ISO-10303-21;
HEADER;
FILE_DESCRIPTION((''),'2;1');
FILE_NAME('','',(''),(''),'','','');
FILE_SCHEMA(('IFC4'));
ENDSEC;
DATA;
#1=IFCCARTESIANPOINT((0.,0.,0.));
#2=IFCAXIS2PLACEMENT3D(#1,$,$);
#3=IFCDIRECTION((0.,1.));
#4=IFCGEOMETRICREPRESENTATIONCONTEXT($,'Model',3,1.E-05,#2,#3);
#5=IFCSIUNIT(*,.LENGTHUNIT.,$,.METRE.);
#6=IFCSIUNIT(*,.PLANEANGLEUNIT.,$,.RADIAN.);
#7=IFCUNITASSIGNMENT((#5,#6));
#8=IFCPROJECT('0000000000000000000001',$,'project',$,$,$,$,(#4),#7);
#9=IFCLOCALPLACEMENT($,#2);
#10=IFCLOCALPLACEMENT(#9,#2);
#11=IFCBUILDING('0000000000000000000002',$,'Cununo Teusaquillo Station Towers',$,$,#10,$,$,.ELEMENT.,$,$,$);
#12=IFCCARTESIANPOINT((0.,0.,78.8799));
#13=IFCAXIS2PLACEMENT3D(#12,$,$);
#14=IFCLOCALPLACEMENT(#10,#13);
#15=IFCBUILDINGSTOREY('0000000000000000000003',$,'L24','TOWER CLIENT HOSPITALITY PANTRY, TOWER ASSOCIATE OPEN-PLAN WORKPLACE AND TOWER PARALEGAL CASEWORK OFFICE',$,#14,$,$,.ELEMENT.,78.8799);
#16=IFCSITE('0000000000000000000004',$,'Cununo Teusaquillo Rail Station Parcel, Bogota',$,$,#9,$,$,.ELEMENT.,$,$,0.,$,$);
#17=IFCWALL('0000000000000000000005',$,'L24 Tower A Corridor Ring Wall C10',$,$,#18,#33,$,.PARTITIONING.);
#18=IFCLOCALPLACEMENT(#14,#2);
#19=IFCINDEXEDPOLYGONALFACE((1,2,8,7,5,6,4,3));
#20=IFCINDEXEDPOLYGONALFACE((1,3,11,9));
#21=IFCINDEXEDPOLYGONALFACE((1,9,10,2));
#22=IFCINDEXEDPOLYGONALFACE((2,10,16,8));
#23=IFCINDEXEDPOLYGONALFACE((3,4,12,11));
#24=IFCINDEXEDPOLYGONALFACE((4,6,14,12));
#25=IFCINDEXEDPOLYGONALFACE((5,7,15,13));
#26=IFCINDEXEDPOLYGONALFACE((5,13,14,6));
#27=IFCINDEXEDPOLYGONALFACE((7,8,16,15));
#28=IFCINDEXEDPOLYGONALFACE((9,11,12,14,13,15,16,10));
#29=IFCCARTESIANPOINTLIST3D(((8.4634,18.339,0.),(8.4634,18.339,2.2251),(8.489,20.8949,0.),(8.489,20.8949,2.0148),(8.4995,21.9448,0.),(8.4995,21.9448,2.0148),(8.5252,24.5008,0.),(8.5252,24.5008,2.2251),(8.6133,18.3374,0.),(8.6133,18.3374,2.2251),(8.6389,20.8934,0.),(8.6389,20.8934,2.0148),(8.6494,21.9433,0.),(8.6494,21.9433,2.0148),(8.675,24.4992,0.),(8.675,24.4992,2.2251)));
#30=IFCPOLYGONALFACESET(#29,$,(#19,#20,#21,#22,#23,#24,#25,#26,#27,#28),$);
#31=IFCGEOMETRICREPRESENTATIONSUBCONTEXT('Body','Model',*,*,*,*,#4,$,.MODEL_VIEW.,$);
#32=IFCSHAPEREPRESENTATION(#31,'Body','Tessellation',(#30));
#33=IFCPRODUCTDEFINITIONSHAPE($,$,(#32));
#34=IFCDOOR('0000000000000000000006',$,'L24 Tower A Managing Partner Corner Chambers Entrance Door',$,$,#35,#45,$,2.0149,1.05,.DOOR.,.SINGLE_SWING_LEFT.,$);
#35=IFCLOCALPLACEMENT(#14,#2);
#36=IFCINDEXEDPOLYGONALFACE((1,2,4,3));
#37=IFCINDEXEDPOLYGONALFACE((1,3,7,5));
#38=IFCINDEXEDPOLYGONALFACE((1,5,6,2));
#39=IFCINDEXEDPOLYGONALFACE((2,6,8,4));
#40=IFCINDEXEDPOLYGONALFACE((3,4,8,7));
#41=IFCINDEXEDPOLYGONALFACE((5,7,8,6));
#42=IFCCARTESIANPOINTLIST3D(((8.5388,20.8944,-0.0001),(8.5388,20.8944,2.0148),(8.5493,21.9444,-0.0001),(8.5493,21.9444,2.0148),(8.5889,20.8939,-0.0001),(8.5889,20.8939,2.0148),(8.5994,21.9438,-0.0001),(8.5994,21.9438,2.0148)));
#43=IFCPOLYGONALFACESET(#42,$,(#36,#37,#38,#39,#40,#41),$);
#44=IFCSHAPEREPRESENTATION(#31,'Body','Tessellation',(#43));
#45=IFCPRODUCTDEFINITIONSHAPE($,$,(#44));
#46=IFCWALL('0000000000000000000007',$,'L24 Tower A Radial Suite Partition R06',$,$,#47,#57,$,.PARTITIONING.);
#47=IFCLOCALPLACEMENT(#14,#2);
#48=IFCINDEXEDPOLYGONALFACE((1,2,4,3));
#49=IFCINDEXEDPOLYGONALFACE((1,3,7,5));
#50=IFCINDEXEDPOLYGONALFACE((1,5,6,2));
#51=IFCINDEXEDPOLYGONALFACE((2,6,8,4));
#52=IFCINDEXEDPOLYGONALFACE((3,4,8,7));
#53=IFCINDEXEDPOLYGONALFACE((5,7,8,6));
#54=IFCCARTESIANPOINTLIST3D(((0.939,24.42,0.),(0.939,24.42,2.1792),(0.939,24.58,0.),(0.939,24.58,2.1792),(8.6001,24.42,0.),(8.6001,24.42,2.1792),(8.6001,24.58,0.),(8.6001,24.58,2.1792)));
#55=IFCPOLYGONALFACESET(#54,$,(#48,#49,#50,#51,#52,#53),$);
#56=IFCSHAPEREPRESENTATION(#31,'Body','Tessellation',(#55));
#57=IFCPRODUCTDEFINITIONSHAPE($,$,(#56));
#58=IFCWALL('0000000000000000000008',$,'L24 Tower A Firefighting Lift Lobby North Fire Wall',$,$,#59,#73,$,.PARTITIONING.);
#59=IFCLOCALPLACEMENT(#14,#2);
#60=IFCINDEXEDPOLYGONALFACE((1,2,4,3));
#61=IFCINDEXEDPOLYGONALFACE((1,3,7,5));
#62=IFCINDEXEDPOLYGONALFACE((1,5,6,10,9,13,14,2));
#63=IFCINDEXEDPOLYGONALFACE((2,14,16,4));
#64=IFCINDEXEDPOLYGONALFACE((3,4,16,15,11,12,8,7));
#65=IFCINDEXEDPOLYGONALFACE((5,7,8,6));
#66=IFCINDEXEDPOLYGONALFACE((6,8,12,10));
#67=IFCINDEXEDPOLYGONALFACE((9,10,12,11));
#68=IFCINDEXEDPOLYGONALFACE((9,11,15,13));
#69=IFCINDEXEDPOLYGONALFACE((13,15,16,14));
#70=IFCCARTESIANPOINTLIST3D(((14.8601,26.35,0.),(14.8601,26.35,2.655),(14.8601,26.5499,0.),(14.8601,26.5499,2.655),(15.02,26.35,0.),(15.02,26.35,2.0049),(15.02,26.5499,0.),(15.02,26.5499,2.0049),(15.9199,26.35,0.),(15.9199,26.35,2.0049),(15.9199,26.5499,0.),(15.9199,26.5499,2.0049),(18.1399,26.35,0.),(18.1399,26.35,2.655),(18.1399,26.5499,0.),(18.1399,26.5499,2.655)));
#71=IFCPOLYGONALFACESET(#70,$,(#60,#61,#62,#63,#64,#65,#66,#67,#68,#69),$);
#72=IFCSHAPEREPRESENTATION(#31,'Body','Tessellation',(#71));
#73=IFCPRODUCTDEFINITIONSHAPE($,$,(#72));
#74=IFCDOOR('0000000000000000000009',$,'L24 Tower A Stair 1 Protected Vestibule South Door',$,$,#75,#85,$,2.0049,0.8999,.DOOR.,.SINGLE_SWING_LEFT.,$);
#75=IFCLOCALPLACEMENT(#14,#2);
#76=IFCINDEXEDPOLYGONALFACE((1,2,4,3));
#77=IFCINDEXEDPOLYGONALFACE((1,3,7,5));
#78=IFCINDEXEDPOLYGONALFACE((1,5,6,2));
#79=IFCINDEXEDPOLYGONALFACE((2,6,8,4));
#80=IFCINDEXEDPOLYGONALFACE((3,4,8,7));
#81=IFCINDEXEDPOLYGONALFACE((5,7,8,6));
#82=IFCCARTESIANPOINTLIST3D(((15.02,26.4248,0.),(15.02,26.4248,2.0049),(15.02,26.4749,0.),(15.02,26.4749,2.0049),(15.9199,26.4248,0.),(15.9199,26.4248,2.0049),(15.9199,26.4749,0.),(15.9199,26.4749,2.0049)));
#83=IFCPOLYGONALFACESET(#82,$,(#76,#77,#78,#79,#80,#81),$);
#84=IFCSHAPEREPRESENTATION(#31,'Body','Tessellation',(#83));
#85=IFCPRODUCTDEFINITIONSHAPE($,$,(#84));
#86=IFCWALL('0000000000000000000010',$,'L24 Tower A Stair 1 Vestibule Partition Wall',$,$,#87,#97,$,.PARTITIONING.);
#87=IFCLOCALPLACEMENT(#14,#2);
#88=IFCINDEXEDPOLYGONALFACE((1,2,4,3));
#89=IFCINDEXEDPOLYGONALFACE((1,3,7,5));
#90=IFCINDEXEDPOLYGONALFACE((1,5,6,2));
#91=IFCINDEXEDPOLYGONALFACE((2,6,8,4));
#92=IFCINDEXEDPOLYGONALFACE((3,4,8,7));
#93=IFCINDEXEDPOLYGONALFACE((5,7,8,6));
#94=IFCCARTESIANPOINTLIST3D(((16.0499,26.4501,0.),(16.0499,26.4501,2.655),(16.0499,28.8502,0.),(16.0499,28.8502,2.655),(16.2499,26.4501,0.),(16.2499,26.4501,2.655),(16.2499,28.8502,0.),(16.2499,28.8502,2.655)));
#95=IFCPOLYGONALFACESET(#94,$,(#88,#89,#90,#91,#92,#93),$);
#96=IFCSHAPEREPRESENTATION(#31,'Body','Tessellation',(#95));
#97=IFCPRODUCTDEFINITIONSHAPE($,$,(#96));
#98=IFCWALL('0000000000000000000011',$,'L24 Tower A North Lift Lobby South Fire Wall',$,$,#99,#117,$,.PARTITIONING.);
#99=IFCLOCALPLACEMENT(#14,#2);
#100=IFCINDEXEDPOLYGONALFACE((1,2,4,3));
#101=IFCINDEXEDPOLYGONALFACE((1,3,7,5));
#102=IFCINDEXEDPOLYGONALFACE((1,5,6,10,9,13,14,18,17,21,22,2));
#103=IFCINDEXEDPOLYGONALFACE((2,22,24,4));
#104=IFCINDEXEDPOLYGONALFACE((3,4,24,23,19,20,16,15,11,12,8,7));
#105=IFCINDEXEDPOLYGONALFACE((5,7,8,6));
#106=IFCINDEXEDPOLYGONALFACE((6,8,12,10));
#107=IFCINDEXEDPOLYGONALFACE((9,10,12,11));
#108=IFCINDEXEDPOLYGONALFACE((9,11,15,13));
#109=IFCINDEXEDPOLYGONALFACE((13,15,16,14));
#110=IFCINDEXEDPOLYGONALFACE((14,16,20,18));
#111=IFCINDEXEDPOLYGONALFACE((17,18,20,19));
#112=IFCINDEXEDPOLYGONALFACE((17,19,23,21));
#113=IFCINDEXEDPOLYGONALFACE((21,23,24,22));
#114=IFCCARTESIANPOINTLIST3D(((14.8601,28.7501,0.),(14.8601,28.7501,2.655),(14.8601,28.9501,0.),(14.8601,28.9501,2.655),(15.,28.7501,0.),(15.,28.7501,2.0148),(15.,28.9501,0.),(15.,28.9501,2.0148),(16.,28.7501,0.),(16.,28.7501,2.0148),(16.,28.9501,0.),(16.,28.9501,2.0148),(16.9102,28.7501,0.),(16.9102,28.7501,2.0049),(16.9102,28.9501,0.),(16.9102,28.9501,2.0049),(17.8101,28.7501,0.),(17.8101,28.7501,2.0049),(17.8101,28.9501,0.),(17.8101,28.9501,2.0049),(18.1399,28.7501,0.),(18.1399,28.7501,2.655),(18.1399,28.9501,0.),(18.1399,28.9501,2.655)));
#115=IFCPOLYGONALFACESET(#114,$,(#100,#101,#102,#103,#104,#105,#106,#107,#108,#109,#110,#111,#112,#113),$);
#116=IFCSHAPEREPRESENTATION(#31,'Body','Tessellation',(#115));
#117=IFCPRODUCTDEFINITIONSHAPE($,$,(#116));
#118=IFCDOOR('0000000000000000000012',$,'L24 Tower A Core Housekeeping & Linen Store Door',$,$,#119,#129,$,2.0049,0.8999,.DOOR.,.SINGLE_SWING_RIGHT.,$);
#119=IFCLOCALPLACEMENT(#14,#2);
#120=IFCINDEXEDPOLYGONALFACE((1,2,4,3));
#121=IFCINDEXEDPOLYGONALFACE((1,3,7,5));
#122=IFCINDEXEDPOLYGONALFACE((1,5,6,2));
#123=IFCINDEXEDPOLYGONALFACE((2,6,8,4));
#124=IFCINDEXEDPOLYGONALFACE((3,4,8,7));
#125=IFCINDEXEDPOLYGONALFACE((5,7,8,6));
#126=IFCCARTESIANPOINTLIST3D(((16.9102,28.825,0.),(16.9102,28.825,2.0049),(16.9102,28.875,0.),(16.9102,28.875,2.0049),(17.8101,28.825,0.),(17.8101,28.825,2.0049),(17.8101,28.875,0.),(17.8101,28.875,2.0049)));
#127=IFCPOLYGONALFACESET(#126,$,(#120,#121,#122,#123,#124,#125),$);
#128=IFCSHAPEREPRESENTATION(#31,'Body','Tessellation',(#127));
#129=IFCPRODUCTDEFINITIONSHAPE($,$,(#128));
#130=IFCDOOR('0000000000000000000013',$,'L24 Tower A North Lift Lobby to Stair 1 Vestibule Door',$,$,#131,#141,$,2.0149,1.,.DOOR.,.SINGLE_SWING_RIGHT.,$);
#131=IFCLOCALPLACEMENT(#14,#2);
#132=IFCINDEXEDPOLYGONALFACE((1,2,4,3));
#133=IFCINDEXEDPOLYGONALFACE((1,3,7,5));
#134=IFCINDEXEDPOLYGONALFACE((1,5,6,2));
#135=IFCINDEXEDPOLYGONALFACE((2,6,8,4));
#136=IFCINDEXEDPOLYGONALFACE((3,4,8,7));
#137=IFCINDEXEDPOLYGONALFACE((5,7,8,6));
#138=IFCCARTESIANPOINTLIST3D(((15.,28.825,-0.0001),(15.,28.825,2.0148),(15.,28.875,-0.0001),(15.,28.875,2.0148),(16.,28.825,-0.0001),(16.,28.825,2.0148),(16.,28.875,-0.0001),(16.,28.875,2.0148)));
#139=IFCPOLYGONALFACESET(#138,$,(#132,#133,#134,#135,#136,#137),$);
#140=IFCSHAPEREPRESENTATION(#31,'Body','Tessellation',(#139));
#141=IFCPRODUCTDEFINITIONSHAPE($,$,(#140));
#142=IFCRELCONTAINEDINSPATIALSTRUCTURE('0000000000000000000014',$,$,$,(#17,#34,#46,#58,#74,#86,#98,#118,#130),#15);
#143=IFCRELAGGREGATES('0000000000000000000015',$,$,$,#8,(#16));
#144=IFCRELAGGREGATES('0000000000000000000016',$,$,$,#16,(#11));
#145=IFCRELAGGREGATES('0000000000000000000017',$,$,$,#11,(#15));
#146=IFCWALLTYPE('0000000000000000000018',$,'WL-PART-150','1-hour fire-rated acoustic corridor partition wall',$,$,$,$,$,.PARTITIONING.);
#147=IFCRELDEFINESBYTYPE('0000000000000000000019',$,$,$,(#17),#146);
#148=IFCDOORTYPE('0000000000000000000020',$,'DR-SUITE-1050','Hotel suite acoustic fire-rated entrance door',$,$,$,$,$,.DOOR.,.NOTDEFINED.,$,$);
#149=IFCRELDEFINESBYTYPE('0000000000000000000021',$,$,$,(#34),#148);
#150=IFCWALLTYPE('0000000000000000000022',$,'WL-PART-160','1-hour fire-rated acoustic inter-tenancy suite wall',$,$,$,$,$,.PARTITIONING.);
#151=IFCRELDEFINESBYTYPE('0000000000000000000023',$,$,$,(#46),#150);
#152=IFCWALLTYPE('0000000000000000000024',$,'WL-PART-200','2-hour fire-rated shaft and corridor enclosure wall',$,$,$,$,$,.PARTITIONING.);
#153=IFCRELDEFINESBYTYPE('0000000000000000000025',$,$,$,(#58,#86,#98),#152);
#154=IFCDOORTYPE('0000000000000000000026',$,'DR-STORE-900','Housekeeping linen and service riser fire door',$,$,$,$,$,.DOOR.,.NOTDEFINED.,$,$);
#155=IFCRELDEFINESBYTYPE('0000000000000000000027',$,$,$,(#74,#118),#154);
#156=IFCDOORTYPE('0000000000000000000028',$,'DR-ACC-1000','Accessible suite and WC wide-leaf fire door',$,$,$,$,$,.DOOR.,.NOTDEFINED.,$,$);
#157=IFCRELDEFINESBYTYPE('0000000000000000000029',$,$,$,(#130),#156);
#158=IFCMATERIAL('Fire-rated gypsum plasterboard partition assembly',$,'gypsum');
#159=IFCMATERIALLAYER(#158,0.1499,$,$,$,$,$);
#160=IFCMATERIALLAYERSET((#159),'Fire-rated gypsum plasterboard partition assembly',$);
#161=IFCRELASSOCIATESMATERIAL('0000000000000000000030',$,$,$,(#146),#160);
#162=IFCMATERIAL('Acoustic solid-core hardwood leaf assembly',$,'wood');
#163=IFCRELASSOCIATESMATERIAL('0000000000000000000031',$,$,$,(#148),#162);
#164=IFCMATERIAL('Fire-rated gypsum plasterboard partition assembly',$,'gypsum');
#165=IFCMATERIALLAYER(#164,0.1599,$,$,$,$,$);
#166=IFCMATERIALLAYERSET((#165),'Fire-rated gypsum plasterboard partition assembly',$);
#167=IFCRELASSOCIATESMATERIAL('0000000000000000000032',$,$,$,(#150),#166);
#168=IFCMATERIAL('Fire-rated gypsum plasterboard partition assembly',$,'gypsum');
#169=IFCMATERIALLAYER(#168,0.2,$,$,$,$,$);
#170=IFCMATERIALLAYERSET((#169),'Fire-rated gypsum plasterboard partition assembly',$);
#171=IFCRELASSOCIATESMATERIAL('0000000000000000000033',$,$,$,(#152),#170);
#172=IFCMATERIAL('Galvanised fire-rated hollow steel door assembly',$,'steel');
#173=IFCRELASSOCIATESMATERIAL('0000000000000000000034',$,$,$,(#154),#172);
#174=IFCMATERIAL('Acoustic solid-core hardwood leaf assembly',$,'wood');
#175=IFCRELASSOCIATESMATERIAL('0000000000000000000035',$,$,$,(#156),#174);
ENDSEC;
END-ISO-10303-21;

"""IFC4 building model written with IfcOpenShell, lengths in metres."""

from ifc_helpers import new_model, si_unit, direction, frame, frame_2d, origin, place, context, subcontext, project, spatial, rectangle, extrude, source, transform, mapped, material, layer, layer_set, type_object, element, fill, save


model = new_model("IFC4")

# Units and contexts
model_context = context("Model", 3, precision=1e-05, world=origin(), true_north=direction((0.0, 1.0)))
body_context = subcontext(model_context, "Body", "Model", "MODEL_VIEW")
ifc_project = project(units=[si_unit("LENGTHUNIT", "METRE"), si_unit("PLANEANGLEUNIT", "RADIAN")], contexts=[model_context])

# Site, building, storey
site_placement = place(None, origin())
site = spatial("IfcSite", under=ifc_project, at=site_placement, Name="Cununo Teusaquillo Rail Station Parcel, Bogota", CompositionType="ELEMENT", RefElevation=0.0)
building_placement = place(site_placement, origin())
building = spatial("IfcBuilding", under=site, at=building_placement, Name="Cununo Teusaquillo Station Towers", CompositionType="ELEMENT")
storey_placement = place(building_placement, frame((0.0, 0.0, 78.8799)))
storey = spatial("IfcBuildingStorey", under=building, at=storey_placement, Name="L24", Description="TOWER CLIENT HOSPITALITY PANTRY, TOWER ASSOCIATE OPEN-PLAN WORKPLACE AND TOWER PARALEGAL CASEWORK OFFICE", CompositionType="ELEMENT", Elevation=78.8799)

# Wall, opening, door
ifc_material_1 = material(Name="Fire-rated gypsum plasterboard partition assembly", Category="gypsum")
ifc_layer_1 = layer(ifc_material_1, 0.1499)
ifc_layer_set_1 = layer_set([ifc_layer_1], Name="Fire-rated gypsum plasterboard partition assembly")
wall_type_1 = type_object("IfcWallType", Name="WL-PART-150", Description="1-hour fire-rated acoustic corridor partition wall", PredefinedType="PARTITIONING", material=ifc_layer_set_1)
shared_shape_1 = source(origin(), body_context, "Body", "SweptSolid", [
    extrude(rectangle(XDim=1.05, YDim=2.0149, at=frame_2d((0.5249, 1.0073))), frame((0.0, 0.085, 0.0), z_axis=(0.0, -1.0, 0.0), x_axis=(1.0, 0.0, 0.0)), (0.0, 0.0, 1.0), 0.1699),
])
ifc_material_2 = material(Name="Acoustic solid-core hardwood leaf assembly", Category="wood")
door_type_1 = type_object("IfcDoorType", Name="DR-SUITE-1050", Description="Hotel suite acoustic fire-rated entrance door", OperationType="NOTDEFINED", PredefinedType="DOOR", material=ifc_material_2)
shared_shape_2 = source(origin(), body_context, "Body", "SweptSolid", [
    extrude(rectangle(XDim=1.05, YDim=2.0149, at=frame_2d((0.5249, 1.0073))), frame((0.0, 0.0249, 0.0), z_axis=(0.0, -1.0, 0.0), x_axis=(1.0, 0.0, 0.0)), (0.0, 0.0, 1.0), 0.05),
])
wall_1_placement = place(storey_placement, frame((8.6001, 24.5, 0.0), z_axis=(0.0, 0.0, 1.0), x_axis=(-0.010024, -0.99995, 0.0)))
wall_1 = element("IfcWall", 1, at=wall_1_placement, inside=storey, type_object=wall_type_1, Name="L24 Tower A Corridor Ring Wall C10", PredefinedType="PARTITIONING", context=body_context, shape_type="SweptSolid", body=[
    extrude(rectangle(XDim=6.1621, YDim=0.1499, at=frame_2d((3.0811, 0.0))), origin(), (0.0, 0.0, 1.0), 2.2251),
])
opening_1_placement = place(wall_1_placement, frame((2.5562, 0.0, 0.0)))
opening_1 = element("IfcOpeningElement", 2, at=opening_1_placement, cuts=wall_1, PredefinedType="OPENING", context=body_context, shape_type="MappedRepresentation", body=[
    mapped(shared_shape_1, transform((0.0, 0.0, 0.0), x_axis=(1.0, 0.0, 0.0), y_axis=(0.0, 1.0, 0.0), z_axis=(0.0, 0.0, 1.0), scale=1.0)),
])
door_1_placement = place(opening_1_placement, origin())
door_1 = element("IfcDoor", 3, at=door_1_placement, inside=storey, type_object=door_type_1, Name="L24 Tower A Managing Partner Corner Chambers Entrance Door", OperationType="SINGLE_SWING_LEFT", OverallHeight=2.0149, OverallWidth=1.05, PredefinedType="DOOR", context=body_context, shape_type="MappedRepresentation", body=[
    mapped(shared_shape_2, transform((0.0, 0.0, 0.0), x_axis=(1.0, 0.0, 0.0), y_axis=(0.0, 1.0, 0.0), z_axis=(0.0, 0.0, 1.0), scale=1.0)),
])
fill(opening_1, door_1)

# Wall
ifc_material_3 = material(Name="Fire-rated gypsum plasterboard partition assembly", Category="gypsum")
ifc_layer_2 = layer(ifc_material_3, 0.1599)
ifc_layer_set_2 = layer_set([ifc_layer_2], Name="Fire-rated gypsum plasterboard partition assembly")
wall_type_2 = type_object("IfcWallType", Name="WL-PART-160", Description="1-hour fire-rated acoustic inter-tenancy suite wall", PredefinedType="PARTITIONING", material=ifc_layer_set_2)
wall_2_placement = place(storey_placement, frame((8.6001, 24.5, 0.0), z_axis=(0.0, 0.0, 1.0), x_axis=(-1.0, 0.0, 0.0)))
element("IfcWall", 4, at=wall_2_placement, inside=storey, type_object=wall_type_2, Name="L24 Tower A Radial Suite Partition R06", PredefinedType="PARTITIONING", context=body_context, shape_type="SweptSolid", body=[
    extrude(rectangle(XDim=7.6611, YDim=0.1599, at=frame_2d((3.8306, 0.0))), origin(), (0.0, 0.0, 1.0), 2.1792),
])

# Wall, opening, door
ifc_material_4 = material(Name="Fire-rated gypsum plasterboard partition assembly", Category="gypsum")
ifc_layer_3 = layer(ifc_material_4, 0.2)
ifc_layer_set_3 = layer_set([ifc_layer_3], Name="Fire-rated gypsum plasterboard partition assembly")
wall_type_3 = type_object("IfcWallType", Name="WL-PART-200", Description="2-hour fire-rated shaft and corridor enclosure wall", PredefinedType="PARTITIONING", material=ifc_layer_set_3)
wall_3_placement = place(storey_placement, frame((14.8601, 26.45, 0.0), z_axis=(0.0, 0.0, 1.0), x_axis=(1.0, 0.0, 0.0)))
wall_3 = element("IfcWall", 5, at=wall_3_placement, inside=storey, type_object=wall_type_3, Name="L24 Tower A Firefighting Lift Lobby North Fire Wall", PredefinedType="PARTITIONING", context=body_context, shape_type="SweptSolid", body=[
    extrude(rectangle(XDim=3.2798, YDim=0.2, at=frame_2d((1.6399, 0.0))), origin(), (0.0, 0.0, 1.0), 2.655),
])
shared_shape_3 = source(origin(), body_context, "Body", "SweptSolid", [
    extrude(rectangle(XDim=0.8999, YDim=2.0049, at=frame_2d((0.45, 1.0024))), frame((0.0, 0.1099, 0.0), z_axis=(0.0, -1.0, 0.0), x_axis=(1.0, 0.0, 0.0)), (0.0, 0.0, 1.0), 0.22),
])
opening_2_placement = place(wall_3_placement, frame((0.1599, 0.0, 0.0)))
opening_2 = element("IfcOpeningElement", 6, at=opening_2_placement, cuts=wall_3, PredefinedType="OPENING", context=body_context, shape_type="MappedRepresentation", body=[
    mapped(shared_shape_3, transform((0.0, 0.0, 0.0), x_axis=(1.0, 0.0, 0.0), y_axis=(0.0, 1.0, 0.0), z_axis=(0.0, 0.0, 1.0), scale=1.0)),
])
ifc_material_5 = material(Name="Galvanised fire-rated hollow steel door assembly", Category="steel")
door_type_2 = type_object("IfcDoorType", Name="DR-STORE-900", Description="Housekeeping linen and service riser fire door", OperationType="NOTDEFINED", PredefinedType="DOOR", material=ifc_material_5)
shared_shape_4 = source(origin(), body_context, "Body", "SweptSolid", [
    extrude(rectangle(XDim=0.8999, YDim=2.0049, at=frame_2d((0.45, 1.0024))), frame((0.0, 0.0249, 0.0), z_axis=(0.0, -1.0, 0.0), x_axis=(1.0, 0.0, 0.0)), (0.0, 0.0, 1.0), 0.05),
])
door_2_placement = place(opening_2_placement, origin())
door_2 = element("IfcDoor", 7, at=door_2_placement, inside=storey, type_object=door_type_2, Name="L24 Tower A Stair 1 Protected Vestibule South Door", OperationType="SINGLE_SWING_LEFT", OverallHeight=2.0049, OverallWidth=0.8999, PredefinedType="DOOR", context=body_context, shape_type="MappedRepresentation", body=[
    mapped(shared_shape_4, transform((0.0, 0.0, 0.0), x_axis=(1.0, 0.0, 0.0), y_axis=(0.0, 1.0, 0.0), z_axis=(0.0, 0.0, 1.0), scale=1.0)),
])
fill(opening_2, door_2)

# Wall
wall_4_placement = place(storey_placement, frame((16.1499, 26.45, 0.0), z_axis=(0.0, 0.0, 1.0), x_axis=(0.0, 1.0, 0.0)))
element("IfcWall", 8, at=wall_4_placement, inside=storey, type_object=wall_type_3, Name="L24 Tower A Stair 1 Vestibule Partition Wall", PredefinedType="PARTITIONING", context=body_context, shape_type="SweptSolid", body=[
    extrude(rectangle(XDim=2.4001, YDim=0.2, at=frame_2d((1.2002, 0.0))), origin(), (0.0, 0.0, 1.0), 2.655),
])

# Wall, openings, doors
wall_5_placement = place(storey_placement, frame((14.8601, 28.8501, 0.0), z_axis=(0.0, 0.0, 1.0), x_axis=(1.0, 0.0, 0.0)))
wall_5 = element("IfcWall", 9, at=wall_5_placement, inside=storey, type_object=wall_type_3, Name="L24 Tower A North Lift Lobby South Fire Wall", PredefinedType="PARTITIONING", context=body_context, shape_type="SweptSolid", body=[
    extrude(rectangle(XDim=3.2798, YDim=0.2, at=frame_2d((1.6399, 0.0))), origin(), (0.0, 0.0, 1.0), 2.655),
])
shared_shape_5 = source(origin(), body_context, "Body", "SweptSolid", [
    extrude(rectangle(XDim=1.0, YDim=2.0149, at=frame_2d((0.5, 1.0073))), frame((0.0, 0.1099, 0.0), z_axis=(0.0, -1.0, 0.0), x_axis=(1.0, 0.0, 0.0)), (0.0, 0.0, 1.0), 0.22),
])
opening_3_placement = place(wall_5_placement, frame((0.1399, 0.0, 0.0)))
opening_3 = element("IfcOpeningElement", 10, at=opening_3_placement, cuts=wall_5, PredefinedType="OPENING", context=body_context, shape_type="MappedRepresentation", body=[
    mapped(shared_shape_5, transform((0.0, 0.0, 0.0), x_axis=(1.0, 0.0, 0.0), y_axis=(0.0, 1.0, 0.0), z_axis=(0.0, 0.0, 1.0), scale=1.0)),
])
opening_4_placement = place(wall_5_placement, frame((2.05, 0.0, 0.0)))
opening_4 = element("IfcOpeningElement", 11, at=opening_4_placement, cuts=wall_5, PredefinedType="OPENING", context=body_context, shape_type="MappedRepresentation", body=[
    mapped(shared_shape_3, transform((0.0, 0.0, 0.0), x_axis=(1.0, 0.0, 0.0), y_axis=(0.0, 1.0, 0.0), z_axis=(0.0, 0.0, 1.0), scale=1.0)),
])
door_3_placement = place(opening_4_placement, origin())
door_3 = element("IfcDoor", 12, at=door_3_placement, inside=storey, type_object=door_type_2, Name="L24 Tower A Core Housekeeping & Linen Store Door", OperationType="SINGLE_SWING_RIGHT", OverallHeight=2.0049, OverallWidth=0.8999, PredefinedType="DOOR", context=body_context, shape_type="MappedRepresentation", body=[
    mapped(shared_shape_4, transform((0.0, 0.0, 0.0), x_axis=(1.0, 0.0, 0.0), y_axis=(0.0, 1.0, 0.0), z_axis=(0.0, 0.0, 1.0), scale=1.0)),
])
fill(opening_4, door_3)
ifc_material_6 = material(Name="Acoustic solid-core hardwood leaf assembly", Category="wood")
door_type_3 = type_object("IfcDoorType", Name="DR-ACC-1000", Description="Accessible suite and WC wide-leaf fire door", OperationType="NOTDEFINED", PredefinedType="DOOR", material=ifc_material_6)
shared_shape_6 = source(origin(), body_context, "Body", "SweptSolid", [
    extrude(rectangle(XDim=1.0, YDim=2.0149, at=frame_2d((0.5, 1.0073))), frame((0.0, 0.0249, 0.0), z_axis=(0.0, -1.0, 0.0), x_axis=(1.0, 0.0, 0.0)), (0.0, 0.0, 1.0), 0.05),
])
door_4_placement = place(opening_3_placement, origin())
door_4 = element("IfcDoor", 13, at=door_4_placement, inside=storey, type_object=door_type_3, Name="L24 Tower A North Lift Lobby to Stair 1 Vestibule Door", OperationType="SINGLE_SWING_RIGHT", OverallHeight=2.0149, OverallWidth=1.0, PredefinedType="DOOR", context=body_context, shape_type="MappedRepresentation", body=[
    mapped(shared_shape_6, transform((0.0, 0.0, 0.0), x_axis=(1.0, 0.0, 0.0), y_axis=(0.0, 1.0, 0.0), z_axis=(0.0, 0.0, 1.0), scale=1.0)),
])
fill(opening_3, door_4)

save(model, "model.ifc")
